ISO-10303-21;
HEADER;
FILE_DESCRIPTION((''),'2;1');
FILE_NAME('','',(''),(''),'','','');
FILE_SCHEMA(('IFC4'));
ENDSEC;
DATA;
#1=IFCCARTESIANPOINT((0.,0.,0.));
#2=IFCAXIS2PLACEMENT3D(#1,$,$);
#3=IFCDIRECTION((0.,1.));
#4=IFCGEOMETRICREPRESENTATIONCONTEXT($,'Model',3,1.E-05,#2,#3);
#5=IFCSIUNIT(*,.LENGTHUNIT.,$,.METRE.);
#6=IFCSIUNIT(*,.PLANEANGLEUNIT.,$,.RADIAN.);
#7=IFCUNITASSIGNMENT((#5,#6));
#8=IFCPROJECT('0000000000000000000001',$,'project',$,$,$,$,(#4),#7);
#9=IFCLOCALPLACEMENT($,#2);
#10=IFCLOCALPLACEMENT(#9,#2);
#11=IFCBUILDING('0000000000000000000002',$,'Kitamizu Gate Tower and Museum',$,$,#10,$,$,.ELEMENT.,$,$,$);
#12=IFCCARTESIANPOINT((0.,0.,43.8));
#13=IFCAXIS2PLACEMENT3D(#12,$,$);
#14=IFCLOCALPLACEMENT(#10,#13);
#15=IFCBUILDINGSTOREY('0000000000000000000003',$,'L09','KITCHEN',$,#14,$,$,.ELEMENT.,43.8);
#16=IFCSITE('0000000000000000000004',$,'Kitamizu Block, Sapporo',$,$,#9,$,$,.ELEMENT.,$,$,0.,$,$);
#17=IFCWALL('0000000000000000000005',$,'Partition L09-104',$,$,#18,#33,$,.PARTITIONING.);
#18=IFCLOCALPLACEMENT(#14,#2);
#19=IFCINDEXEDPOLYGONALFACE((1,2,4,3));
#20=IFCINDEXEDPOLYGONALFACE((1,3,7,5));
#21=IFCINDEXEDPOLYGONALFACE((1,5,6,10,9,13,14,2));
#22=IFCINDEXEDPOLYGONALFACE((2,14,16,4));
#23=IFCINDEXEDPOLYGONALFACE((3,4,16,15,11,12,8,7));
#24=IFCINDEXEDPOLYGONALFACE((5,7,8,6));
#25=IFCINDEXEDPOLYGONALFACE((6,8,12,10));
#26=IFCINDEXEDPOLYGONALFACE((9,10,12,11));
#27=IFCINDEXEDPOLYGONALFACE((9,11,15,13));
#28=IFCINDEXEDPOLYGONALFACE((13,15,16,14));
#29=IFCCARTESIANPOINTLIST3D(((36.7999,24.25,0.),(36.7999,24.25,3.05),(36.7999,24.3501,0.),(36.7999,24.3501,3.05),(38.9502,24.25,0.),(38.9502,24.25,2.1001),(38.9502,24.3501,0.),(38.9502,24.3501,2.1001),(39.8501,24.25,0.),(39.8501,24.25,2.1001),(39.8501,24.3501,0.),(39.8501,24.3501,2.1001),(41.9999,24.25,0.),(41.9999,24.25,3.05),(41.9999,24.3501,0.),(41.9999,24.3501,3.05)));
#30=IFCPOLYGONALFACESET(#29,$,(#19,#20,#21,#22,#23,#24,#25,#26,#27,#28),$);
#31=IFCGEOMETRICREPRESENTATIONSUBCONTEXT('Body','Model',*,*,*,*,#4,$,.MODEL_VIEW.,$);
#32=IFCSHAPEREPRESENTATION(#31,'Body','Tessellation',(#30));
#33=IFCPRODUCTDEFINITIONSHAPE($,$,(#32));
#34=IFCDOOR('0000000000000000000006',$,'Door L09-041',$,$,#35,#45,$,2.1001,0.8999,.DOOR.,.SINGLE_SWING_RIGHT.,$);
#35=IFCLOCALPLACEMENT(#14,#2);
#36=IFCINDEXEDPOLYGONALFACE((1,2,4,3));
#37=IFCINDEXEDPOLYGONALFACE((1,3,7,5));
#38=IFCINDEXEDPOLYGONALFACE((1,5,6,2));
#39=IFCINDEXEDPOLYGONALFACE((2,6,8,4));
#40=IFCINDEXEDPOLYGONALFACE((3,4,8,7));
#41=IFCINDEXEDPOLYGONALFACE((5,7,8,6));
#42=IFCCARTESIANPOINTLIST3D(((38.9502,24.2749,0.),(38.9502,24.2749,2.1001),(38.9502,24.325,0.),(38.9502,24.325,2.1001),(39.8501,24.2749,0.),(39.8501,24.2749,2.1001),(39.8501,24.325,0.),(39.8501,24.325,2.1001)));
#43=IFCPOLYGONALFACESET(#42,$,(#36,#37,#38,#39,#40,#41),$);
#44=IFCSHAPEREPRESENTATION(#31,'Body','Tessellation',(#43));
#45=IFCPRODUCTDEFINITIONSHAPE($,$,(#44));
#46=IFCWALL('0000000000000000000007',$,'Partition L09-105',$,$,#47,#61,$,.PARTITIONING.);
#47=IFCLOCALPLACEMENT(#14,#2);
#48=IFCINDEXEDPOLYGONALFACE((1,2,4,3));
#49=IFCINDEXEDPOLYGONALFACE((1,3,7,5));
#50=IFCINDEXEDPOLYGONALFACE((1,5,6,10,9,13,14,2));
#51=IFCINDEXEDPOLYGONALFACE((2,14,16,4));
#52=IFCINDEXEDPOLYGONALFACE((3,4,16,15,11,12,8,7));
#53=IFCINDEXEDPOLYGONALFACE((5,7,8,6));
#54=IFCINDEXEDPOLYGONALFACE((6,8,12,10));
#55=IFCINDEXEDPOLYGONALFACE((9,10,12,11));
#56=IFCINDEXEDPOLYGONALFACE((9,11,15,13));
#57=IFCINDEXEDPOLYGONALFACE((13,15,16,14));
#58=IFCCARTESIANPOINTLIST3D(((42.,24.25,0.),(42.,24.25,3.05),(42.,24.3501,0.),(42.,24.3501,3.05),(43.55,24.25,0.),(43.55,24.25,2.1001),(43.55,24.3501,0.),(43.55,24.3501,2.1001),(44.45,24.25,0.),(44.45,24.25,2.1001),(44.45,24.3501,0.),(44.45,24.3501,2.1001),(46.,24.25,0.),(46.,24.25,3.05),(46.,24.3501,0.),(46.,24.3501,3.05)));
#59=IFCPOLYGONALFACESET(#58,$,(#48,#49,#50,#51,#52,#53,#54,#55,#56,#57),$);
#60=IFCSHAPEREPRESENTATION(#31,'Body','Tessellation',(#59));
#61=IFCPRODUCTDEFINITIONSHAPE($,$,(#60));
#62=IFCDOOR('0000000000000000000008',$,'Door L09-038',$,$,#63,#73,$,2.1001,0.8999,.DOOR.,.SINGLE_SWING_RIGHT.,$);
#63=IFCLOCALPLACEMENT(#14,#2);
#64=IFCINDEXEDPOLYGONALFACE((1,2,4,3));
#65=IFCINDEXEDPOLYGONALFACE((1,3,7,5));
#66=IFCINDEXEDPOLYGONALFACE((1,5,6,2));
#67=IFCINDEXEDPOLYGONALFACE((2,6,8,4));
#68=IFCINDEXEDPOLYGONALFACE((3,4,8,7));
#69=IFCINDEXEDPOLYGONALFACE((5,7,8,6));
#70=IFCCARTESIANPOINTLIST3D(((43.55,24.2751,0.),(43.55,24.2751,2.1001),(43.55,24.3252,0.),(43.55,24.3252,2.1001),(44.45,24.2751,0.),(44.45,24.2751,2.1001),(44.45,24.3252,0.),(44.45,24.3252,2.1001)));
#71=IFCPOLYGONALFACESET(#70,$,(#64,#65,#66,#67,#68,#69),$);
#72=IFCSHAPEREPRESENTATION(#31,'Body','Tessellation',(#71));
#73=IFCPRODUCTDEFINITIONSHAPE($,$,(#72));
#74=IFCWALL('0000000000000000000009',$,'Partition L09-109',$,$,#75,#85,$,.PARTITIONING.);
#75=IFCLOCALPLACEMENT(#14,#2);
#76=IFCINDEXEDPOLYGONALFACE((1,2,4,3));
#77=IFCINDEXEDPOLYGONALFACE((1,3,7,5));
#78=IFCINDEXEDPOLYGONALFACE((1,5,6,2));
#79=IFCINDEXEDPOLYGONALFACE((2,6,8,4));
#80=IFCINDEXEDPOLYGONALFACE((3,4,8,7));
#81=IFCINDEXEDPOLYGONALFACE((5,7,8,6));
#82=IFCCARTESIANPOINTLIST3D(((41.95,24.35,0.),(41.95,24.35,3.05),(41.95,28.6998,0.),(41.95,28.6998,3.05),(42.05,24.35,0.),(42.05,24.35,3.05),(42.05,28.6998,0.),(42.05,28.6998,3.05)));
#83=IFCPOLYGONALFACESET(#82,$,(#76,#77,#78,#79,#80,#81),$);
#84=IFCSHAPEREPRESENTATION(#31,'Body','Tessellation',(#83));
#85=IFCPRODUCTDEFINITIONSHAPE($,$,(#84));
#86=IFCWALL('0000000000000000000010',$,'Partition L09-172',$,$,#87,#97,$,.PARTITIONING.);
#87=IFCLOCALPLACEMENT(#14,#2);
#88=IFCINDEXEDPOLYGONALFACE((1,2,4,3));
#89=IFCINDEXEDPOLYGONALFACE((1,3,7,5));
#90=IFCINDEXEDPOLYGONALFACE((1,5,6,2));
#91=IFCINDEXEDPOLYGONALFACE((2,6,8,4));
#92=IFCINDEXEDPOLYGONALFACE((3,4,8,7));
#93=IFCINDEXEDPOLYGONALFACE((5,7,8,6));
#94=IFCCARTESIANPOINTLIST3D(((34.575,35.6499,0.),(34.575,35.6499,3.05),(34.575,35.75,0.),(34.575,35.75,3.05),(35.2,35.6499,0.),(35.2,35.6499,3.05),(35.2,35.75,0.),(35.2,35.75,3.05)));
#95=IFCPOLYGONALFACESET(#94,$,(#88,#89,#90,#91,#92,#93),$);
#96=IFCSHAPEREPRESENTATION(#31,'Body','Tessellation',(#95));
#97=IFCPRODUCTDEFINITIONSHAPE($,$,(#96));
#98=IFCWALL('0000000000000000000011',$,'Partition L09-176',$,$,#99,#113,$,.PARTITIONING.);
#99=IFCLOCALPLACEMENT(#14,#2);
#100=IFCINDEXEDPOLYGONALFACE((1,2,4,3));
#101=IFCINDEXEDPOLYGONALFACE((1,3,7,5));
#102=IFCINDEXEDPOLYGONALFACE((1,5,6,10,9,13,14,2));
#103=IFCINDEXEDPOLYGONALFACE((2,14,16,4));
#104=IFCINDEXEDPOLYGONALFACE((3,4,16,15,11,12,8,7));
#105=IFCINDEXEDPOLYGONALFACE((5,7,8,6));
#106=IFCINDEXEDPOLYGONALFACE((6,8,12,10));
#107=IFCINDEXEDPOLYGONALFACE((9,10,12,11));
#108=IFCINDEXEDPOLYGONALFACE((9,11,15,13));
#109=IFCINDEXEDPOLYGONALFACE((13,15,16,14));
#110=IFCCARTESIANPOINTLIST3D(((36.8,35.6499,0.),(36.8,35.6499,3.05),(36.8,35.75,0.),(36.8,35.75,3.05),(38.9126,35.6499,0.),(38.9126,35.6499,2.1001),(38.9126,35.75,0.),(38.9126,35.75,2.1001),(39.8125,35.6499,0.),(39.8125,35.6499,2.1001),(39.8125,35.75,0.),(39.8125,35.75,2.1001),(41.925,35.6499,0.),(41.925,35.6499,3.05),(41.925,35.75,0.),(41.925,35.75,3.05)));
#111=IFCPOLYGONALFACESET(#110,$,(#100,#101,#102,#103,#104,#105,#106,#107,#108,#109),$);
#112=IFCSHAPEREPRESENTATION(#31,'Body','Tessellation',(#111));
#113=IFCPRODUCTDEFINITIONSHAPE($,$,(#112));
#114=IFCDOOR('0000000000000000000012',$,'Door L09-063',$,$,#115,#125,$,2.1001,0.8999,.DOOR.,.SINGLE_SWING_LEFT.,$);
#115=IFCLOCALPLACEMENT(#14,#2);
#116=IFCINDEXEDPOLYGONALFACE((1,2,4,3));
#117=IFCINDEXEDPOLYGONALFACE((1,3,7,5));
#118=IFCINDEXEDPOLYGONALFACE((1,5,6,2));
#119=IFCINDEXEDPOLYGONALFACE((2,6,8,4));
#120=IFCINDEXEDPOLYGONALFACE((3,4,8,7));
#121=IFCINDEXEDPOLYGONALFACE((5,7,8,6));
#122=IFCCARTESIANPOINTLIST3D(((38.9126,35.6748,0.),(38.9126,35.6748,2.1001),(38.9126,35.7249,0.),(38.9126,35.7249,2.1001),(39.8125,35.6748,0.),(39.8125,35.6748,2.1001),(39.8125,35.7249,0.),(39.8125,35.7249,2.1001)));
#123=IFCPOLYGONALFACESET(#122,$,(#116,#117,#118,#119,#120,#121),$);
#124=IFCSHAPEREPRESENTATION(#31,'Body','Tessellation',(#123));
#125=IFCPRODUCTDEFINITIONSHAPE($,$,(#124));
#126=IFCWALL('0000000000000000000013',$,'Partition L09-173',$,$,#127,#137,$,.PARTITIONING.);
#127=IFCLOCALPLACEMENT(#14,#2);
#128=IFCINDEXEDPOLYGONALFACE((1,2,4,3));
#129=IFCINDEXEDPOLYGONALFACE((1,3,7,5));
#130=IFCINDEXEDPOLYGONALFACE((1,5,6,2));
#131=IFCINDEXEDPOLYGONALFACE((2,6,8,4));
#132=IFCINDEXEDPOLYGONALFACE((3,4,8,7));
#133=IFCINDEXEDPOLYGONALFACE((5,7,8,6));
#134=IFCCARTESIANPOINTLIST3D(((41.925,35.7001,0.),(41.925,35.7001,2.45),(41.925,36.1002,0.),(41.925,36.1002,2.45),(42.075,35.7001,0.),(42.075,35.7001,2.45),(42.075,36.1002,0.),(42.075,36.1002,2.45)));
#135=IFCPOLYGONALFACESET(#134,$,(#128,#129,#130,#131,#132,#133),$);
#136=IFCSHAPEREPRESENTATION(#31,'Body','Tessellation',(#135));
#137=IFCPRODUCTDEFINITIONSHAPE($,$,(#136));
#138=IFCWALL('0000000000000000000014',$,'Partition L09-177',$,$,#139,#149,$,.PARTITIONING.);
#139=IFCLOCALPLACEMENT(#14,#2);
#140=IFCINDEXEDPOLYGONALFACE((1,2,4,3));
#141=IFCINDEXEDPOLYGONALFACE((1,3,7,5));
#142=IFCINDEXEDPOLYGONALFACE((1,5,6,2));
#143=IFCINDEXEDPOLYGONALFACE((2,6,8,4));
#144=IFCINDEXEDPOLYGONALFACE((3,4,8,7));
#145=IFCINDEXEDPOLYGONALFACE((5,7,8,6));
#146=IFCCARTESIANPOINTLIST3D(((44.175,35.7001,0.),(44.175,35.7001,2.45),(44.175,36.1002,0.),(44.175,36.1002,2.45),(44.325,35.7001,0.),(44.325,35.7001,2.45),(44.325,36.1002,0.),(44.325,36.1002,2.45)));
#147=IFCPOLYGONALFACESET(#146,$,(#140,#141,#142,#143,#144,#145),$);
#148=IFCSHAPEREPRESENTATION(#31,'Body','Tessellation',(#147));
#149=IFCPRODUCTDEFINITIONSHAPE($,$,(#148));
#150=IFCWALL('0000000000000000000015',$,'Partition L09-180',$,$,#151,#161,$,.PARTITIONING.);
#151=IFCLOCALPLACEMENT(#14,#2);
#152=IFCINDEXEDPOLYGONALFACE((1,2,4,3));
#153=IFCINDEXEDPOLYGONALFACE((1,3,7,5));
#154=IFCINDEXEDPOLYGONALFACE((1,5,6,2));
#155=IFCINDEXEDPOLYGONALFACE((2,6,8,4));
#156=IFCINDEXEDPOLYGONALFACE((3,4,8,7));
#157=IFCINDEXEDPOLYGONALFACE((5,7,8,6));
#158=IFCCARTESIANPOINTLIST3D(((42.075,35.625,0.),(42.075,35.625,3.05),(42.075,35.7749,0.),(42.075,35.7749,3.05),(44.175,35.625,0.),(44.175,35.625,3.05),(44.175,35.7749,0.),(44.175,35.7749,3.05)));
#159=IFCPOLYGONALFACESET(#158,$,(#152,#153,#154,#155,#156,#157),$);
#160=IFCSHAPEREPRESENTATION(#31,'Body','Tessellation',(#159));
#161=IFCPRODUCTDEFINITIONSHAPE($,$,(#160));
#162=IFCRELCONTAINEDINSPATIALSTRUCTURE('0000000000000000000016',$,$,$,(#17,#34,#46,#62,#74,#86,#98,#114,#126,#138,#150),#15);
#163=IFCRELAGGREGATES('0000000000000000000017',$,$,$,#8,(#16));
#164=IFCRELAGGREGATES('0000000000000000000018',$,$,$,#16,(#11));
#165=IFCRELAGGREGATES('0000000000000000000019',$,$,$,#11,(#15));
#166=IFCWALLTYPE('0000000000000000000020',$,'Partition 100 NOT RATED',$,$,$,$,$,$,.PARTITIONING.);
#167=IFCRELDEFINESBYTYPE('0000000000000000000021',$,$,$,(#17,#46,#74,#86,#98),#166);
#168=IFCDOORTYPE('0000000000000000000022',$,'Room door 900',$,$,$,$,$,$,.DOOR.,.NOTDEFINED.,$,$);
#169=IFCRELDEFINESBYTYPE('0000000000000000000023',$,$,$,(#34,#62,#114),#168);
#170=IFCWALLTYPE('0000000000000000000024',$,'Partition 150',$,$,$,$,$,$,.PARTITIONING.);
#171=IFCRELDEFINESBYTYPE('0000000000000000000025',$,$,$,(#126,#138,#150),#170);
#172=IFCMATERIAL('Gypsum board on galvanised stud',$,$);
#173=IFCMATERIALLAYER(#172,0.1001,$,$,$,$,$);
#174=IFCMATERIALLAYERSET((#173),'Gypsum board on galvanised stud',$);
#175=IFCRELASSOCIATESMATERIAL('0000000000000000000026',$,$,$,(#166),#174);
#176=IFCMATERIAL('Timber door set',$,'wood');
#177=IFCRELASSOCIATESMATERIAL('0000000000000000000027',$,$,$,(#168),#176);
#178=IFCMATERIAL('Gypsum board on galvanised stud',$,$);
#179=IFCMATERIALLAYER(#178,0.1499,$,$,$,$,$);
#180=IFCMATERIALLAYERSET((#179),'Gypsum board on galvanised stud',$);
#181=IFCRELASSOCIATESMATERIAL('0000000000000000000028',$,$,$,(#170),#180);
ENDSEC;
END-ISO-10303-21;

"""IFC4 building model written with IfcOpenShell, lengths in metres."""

from ifc_helpers import new_model, si_unit, direction, frame, frame_2d, origin, place, context, subcontext, project, spatial, rectangle, extrude, material, layer, layer_set, type_object, element, fill, save


model = new_model("IFC4")

# Units and contexts
model_context = context("Model", 3, precision=1e-05, world=origin(), true_north=direction((0.0, 1.0)))
body_context = subcontext(model_context, "Body", "Model", "MODEL_VIEW")
ifc_project = project(units=[si_unit("LENGTHUNIT", "METRE"), si_unit("PLANEANGLEUNIT", "RADIAN")], contexts=[model_context])

# Site, building, storey
site_placement = place(None, origin())
site = spatial("IfcSite", under=ifc_project, at=site_placement, Name="Kitamizu Block, Sapporo", CompositionType="ELEMENT", RefElevation=0.0)
building_placement = place(site_placement, origin())
building = spatial("IfcBuilding", under=site, at=building_placement, Name="Kitamizu Gate Tower and Museum", CompositionType="ELEMENT")
storey_placement = place(building_placement, frame((0.0, 0.0, 43.8)))
storey = spatial("IfcBuildingStorey", under=building, at=storey_placement, Name="L09", Description="KITCHEN", CompositionType="ELEMENT", Elevation=43.8)

# Shared definitions
ifc_material_1 = material(Name="Gypsum board on galvanised stud")
ifc_layer_1 = layer(ifc_material_1, 0.1001)
ifc_layer_set_1 = layer_set([ifc_layer_1], Name="Gypsum board on galvanised stud")
wall_type_1 = type_object("IfcWallType", Name="Partition 100 NOT RATED", PredefinedType="PARTITIONING", material=ifc_layer_set_1)

# Walls, openings, doors
wall_1_placement = place(storey_placement, frame((42.0, 24.3, 0.0), z_axis=(0.0, 0.0, 1.0), x_axis=(-1.0, 0.0, 0.0)))
wall_1 = element("IfcWall", 1, at=wall_1_placement, inside=storey, type_object=wall_type_1, Name="Partition L09-104", PredefinedType="PARTITIONING", context=body_context, shape_type="SweptSolid", body=[
    extrude(rectangle(XDim=5.2, YDim=0.1001, at=frame_2d((2.6001, 0.0))), origin(), (0.0, 0.0, 1.0), 3.05),
])
opening_1_placement = place(wall_1_placement, frame((2.1499, 0.0, 0.0)))
opening_1 = element("IfcOpeningElement", 2, at=opening_1_placement, cuts=wall_1, PredefinedType="OPENING", context=body_context, shape_type="SweptSolid", body=[
    extrude(rectangle(XDim=0.8999, YDim=2.1001, at=frame_2d((0.45, 1.05))), frame((0.0, 0.0601, 0.0), z_axis=(0.0, -1.0, 0.0), x_axis=(1.0, 0.0, 0.0)), (0.0, 0.0, 1.0), 0.1201),
])
ifc_material_2 = material(Name="Timber door set", Category="wood")
door_type_1 = type_object("IfcDoorType", Name="Room door 900", OperationType="NOTDEFINED", PredefinedType="DOOR", material=ifc_material_2)
door_1_placement = place(opening_1_placement, frame((0.8999, 0.0, 0.0), x_axis=(-1.0, 0.0, 0.0)))
door_1 = element("IfcDoor", 3, at=door_1_placement, inside=storey, type_object=door_type_1, Name="Door L09-041", OperationType="SINGLE_SWING_RIGHT", OverallHeight=2.1001, OverallWidth=0.8999, PredefinedType="DOOR", context=body_context, shape_type="SweptSolid", body=[
    extrude(rectangle(XDim=0.8999, YDim=2.1001, at=frame_2d((0.45, 1.05))), frame((0.0, 0.0249, 0.0), z_axis=(0.0, -1.0, 0.0), x_axis=(1.0, 0.0, 0.0)), (0.0, 0.0, 1.0), 0.05),
])
fill(opening_1, door_1)
wall_2_placement = place(storey_placement, frame((46.0, 24.3, 0.0), z_axis=(0.0, 0.0, 1.0), x_axis=(-1.0, 0.0, 0.0)))
wall_2 = element("IfcWall", 4, at=wall_2_placement, inside=storey, type_object=wall_type_1, Name="Partition L09-105", PredefinedType="PARTITIONING", context=body_context, shape_type="SweptSolid", body=[
    extrude(rectangle(XDim=4.0, YDim=0.1001, at=frame_2d((2.0, 0.0))), origin(), (0.0, 0.0, 1.0), 3.05),
])
opening_2_placement = place(wall_2_placement, frame((1.55, 0.0, 0.0)))
opening_2 = element("IfcOpeningElement", 5, at=opening_2_placement, cuts=wall_2, PredefinedType="OPENING", context=body_context, shape_type="SweptSolid", body=[
    extrude(rectangle(XDim=0.8999, YDim=2.1001, at=frame_2d((0.45, 1.05))), frame((0.0, 0.0601, 0.0), z_axis=(0.0, -1.0, 0.0), x_axis=(1.0, 0.0, 0.0)), (0.0, 0.0, 1.0), 0.1201),
])
door_2_placement = place(opening_2_placement, origin())
door_2 = element("IfcDoor", 6, at=door_2_placement, inside=storey, type_object=door_type_1, Name="Door L09-038", OperationType="SINGLE_SWING_RIGHT", OverallHeight=2.1001, OverallWidth=0.8999, PredefinedType="DOOR", context=body_context, shape_type="SweptSolid", body=[
    extrude(rectangle(XDim=0.8999, YDim=2.1001, at=frame_2d((0.45, 1.05))), frame((0.0, 0.0249, 0.0), z_axis=(0.0, -1.0, 0.0), x_axis=(1.0, 0.0, 0.0)), (0.0, 0.0, 1.0), 0.05),
])
fill(opening_2, door_2)

# Walls
wall_3_placement = place(storey_placement, frame((42.0, 24.3501, 0.0), z_axis=(0.0, 0.0, 1.0), x_axis=(0.0, 1.0, 0.0)))
element("IfcWall", 7, at=wall_3_placement, inside=storey, type_object=wall_type_1, Name="Partition L09-109", PredefinedType="PARTITIONING", context=body_context, shape_type="SweptSolid", body=[
    extrude(rectangle(XDim=4.3499, YDim=0.1001, at=frame_2d((2.1748, 0.0))), origin(), (0.0, 0.0, 1.0), 3.05),
])
wall_4_placement = place(storey_placement, frame((34.575, 35.7, 0.0), z_axis=(0.0, 0.0, 1.0), x_axis=(1.0, 0.0, 0.0)))
element("IfcWall", 8, at=wall_4_placement, inside=storey, type_object=wall_type_1, Name="Partition L09-172", PredefinedType="PARTITIONING", context=body_context, shape_type="SweptSolid", body=[
    extrude(rectangle(XDim=0.625, YDim=0.1001, at=frame_2d((0.3125, 0.0))), origin(), (0.0, 0.0, 1.0), 3.05),
])

# Wall, opening, door
wall_5_placement = place(storey_placement, frame((36.8, 35.7, 0.0), z_axis=(0.0, 0.0, 1.0), x_axis=(1.0, 0.0, 0.0)))
wall_5 = element("IfcWall", 9, at=wall_5_placement, inside=storey, type_object=wall_type_1, Name="Partition L09-176", PredefinedType="PARTITIONING", context=body_context, shape_type="SweptSolid", body=[
    extrude(rectangle(XDim=5.125, YDim=0.1001, at=frame_2d((2.5625, 0.0))), origin(), (0.0, 0.0, 1.0), 3.05),
])
opening_3_placement = place(wall_5_placement, frame((2.1125, 0.0, 0.0)))
opening_3 = element("IfcOpeningElement", 10, at=opening_3_placement, cuts=wall_5, PredefinedType="OPENING", context=body_context, shape_type="SweptSolid", body=[
    extrude(rectangle(XDim=0.8999, YDim=2.1001, at=frame_2d((0.45, 1.05))), frame((0.0, 0.0601, 0.0), z_axis=(0.0, -1.0, 0.0), x_axis=(1.0, 0.0, 0.0)), (0.0, 0.0, 1.0), 0.1201),
])
door_3_placement = place(opening_3_placement, origin())
door_3 = element("IfcDoor", 11, at=door_3_placement, inside=storey, type_object=door_type_1, Name="Door L09-063", OperationType="SINGLE_SWING_LEFT", OverallHeight=2.1001, OverallWidth=0.8999, PredefinedType="DOOR", context=body_context, shape_type="SweptSolid", body=[
    extrude(rectangle(XDim=0.8999, YDim=2.1001, at=frame_2d((0.45, 1.05))), frame((0.0, 0.0249, 0.0), z_axis=(0.0, -1.0, 0.0), x_axis=(1.0, 0.0, 0.0)), (0.0, 0.0, 1.0), 0.05),
])
fill(opening_3, door_3)

# Walls
ifc_material_3 = material(Name="Gypsum board on galvanised stud")
ifc_layer_2 = layer(ifc_material_3, 0.1499)
ifc_layer_set_2 = layer_set([ifc_layer_2], Name="Gypsum board on galvanised stud")
wall_type_2 = type_object("IfcWallType", Name="Partition 150", PredefinedType="PARTITIONING", material=ifc_layer_set_2)
for number, where, z_axis, x_axis, name in (
    (12, (42.0, 35.7, 0.0), (0.0, 0.0, 1.0), (0.0, 1.0, 0.0), "Partition L09-173"),
    (13, (44.25, 35.7, 0.0), (0.0, 0.0, 1.0), (0.0, 1.0, 0.0), "Partition L09-177"),
):
    element("IfcWall", number, at=place(storey_placement, frame(where, z_axis=z_axis, x_axis=x_axis)), inside=storey, type_object=wall_type_2, Name=name, PredefinedType="PARTITIONING", context=body_context, shape_type="SweptSolid", body=[
        extrude(rectangle(XDim=0.4001, YDim=0.1499, at=frame_2d((0.2002, 0.0))), origin(), (0.0, 0.0, 1.0), 2.45),
    ])
wall_6_placement = place(storey_placement, frame((42.075, 35.7, 0.0), z_axis=(0.0, 0.0, 1.0), x_axis=(1.0, 0.0, 0.0)))
element("IfcWall", 14, at=wall_6_placement, inside=storey, type_object=wall_type_2, Name="Partition L09-180", PredefinedType="PARTITIONING", context=body_context, shape_type="SweptSolid", body=[
    extrude(rectangle(XDim=2.1001, YDim=0.1499, at=frame_2d((1.05, 0.0))), origin(), (0.0, 0.0, 1.0), 3.05),
])

save(model, "model.ifc")
